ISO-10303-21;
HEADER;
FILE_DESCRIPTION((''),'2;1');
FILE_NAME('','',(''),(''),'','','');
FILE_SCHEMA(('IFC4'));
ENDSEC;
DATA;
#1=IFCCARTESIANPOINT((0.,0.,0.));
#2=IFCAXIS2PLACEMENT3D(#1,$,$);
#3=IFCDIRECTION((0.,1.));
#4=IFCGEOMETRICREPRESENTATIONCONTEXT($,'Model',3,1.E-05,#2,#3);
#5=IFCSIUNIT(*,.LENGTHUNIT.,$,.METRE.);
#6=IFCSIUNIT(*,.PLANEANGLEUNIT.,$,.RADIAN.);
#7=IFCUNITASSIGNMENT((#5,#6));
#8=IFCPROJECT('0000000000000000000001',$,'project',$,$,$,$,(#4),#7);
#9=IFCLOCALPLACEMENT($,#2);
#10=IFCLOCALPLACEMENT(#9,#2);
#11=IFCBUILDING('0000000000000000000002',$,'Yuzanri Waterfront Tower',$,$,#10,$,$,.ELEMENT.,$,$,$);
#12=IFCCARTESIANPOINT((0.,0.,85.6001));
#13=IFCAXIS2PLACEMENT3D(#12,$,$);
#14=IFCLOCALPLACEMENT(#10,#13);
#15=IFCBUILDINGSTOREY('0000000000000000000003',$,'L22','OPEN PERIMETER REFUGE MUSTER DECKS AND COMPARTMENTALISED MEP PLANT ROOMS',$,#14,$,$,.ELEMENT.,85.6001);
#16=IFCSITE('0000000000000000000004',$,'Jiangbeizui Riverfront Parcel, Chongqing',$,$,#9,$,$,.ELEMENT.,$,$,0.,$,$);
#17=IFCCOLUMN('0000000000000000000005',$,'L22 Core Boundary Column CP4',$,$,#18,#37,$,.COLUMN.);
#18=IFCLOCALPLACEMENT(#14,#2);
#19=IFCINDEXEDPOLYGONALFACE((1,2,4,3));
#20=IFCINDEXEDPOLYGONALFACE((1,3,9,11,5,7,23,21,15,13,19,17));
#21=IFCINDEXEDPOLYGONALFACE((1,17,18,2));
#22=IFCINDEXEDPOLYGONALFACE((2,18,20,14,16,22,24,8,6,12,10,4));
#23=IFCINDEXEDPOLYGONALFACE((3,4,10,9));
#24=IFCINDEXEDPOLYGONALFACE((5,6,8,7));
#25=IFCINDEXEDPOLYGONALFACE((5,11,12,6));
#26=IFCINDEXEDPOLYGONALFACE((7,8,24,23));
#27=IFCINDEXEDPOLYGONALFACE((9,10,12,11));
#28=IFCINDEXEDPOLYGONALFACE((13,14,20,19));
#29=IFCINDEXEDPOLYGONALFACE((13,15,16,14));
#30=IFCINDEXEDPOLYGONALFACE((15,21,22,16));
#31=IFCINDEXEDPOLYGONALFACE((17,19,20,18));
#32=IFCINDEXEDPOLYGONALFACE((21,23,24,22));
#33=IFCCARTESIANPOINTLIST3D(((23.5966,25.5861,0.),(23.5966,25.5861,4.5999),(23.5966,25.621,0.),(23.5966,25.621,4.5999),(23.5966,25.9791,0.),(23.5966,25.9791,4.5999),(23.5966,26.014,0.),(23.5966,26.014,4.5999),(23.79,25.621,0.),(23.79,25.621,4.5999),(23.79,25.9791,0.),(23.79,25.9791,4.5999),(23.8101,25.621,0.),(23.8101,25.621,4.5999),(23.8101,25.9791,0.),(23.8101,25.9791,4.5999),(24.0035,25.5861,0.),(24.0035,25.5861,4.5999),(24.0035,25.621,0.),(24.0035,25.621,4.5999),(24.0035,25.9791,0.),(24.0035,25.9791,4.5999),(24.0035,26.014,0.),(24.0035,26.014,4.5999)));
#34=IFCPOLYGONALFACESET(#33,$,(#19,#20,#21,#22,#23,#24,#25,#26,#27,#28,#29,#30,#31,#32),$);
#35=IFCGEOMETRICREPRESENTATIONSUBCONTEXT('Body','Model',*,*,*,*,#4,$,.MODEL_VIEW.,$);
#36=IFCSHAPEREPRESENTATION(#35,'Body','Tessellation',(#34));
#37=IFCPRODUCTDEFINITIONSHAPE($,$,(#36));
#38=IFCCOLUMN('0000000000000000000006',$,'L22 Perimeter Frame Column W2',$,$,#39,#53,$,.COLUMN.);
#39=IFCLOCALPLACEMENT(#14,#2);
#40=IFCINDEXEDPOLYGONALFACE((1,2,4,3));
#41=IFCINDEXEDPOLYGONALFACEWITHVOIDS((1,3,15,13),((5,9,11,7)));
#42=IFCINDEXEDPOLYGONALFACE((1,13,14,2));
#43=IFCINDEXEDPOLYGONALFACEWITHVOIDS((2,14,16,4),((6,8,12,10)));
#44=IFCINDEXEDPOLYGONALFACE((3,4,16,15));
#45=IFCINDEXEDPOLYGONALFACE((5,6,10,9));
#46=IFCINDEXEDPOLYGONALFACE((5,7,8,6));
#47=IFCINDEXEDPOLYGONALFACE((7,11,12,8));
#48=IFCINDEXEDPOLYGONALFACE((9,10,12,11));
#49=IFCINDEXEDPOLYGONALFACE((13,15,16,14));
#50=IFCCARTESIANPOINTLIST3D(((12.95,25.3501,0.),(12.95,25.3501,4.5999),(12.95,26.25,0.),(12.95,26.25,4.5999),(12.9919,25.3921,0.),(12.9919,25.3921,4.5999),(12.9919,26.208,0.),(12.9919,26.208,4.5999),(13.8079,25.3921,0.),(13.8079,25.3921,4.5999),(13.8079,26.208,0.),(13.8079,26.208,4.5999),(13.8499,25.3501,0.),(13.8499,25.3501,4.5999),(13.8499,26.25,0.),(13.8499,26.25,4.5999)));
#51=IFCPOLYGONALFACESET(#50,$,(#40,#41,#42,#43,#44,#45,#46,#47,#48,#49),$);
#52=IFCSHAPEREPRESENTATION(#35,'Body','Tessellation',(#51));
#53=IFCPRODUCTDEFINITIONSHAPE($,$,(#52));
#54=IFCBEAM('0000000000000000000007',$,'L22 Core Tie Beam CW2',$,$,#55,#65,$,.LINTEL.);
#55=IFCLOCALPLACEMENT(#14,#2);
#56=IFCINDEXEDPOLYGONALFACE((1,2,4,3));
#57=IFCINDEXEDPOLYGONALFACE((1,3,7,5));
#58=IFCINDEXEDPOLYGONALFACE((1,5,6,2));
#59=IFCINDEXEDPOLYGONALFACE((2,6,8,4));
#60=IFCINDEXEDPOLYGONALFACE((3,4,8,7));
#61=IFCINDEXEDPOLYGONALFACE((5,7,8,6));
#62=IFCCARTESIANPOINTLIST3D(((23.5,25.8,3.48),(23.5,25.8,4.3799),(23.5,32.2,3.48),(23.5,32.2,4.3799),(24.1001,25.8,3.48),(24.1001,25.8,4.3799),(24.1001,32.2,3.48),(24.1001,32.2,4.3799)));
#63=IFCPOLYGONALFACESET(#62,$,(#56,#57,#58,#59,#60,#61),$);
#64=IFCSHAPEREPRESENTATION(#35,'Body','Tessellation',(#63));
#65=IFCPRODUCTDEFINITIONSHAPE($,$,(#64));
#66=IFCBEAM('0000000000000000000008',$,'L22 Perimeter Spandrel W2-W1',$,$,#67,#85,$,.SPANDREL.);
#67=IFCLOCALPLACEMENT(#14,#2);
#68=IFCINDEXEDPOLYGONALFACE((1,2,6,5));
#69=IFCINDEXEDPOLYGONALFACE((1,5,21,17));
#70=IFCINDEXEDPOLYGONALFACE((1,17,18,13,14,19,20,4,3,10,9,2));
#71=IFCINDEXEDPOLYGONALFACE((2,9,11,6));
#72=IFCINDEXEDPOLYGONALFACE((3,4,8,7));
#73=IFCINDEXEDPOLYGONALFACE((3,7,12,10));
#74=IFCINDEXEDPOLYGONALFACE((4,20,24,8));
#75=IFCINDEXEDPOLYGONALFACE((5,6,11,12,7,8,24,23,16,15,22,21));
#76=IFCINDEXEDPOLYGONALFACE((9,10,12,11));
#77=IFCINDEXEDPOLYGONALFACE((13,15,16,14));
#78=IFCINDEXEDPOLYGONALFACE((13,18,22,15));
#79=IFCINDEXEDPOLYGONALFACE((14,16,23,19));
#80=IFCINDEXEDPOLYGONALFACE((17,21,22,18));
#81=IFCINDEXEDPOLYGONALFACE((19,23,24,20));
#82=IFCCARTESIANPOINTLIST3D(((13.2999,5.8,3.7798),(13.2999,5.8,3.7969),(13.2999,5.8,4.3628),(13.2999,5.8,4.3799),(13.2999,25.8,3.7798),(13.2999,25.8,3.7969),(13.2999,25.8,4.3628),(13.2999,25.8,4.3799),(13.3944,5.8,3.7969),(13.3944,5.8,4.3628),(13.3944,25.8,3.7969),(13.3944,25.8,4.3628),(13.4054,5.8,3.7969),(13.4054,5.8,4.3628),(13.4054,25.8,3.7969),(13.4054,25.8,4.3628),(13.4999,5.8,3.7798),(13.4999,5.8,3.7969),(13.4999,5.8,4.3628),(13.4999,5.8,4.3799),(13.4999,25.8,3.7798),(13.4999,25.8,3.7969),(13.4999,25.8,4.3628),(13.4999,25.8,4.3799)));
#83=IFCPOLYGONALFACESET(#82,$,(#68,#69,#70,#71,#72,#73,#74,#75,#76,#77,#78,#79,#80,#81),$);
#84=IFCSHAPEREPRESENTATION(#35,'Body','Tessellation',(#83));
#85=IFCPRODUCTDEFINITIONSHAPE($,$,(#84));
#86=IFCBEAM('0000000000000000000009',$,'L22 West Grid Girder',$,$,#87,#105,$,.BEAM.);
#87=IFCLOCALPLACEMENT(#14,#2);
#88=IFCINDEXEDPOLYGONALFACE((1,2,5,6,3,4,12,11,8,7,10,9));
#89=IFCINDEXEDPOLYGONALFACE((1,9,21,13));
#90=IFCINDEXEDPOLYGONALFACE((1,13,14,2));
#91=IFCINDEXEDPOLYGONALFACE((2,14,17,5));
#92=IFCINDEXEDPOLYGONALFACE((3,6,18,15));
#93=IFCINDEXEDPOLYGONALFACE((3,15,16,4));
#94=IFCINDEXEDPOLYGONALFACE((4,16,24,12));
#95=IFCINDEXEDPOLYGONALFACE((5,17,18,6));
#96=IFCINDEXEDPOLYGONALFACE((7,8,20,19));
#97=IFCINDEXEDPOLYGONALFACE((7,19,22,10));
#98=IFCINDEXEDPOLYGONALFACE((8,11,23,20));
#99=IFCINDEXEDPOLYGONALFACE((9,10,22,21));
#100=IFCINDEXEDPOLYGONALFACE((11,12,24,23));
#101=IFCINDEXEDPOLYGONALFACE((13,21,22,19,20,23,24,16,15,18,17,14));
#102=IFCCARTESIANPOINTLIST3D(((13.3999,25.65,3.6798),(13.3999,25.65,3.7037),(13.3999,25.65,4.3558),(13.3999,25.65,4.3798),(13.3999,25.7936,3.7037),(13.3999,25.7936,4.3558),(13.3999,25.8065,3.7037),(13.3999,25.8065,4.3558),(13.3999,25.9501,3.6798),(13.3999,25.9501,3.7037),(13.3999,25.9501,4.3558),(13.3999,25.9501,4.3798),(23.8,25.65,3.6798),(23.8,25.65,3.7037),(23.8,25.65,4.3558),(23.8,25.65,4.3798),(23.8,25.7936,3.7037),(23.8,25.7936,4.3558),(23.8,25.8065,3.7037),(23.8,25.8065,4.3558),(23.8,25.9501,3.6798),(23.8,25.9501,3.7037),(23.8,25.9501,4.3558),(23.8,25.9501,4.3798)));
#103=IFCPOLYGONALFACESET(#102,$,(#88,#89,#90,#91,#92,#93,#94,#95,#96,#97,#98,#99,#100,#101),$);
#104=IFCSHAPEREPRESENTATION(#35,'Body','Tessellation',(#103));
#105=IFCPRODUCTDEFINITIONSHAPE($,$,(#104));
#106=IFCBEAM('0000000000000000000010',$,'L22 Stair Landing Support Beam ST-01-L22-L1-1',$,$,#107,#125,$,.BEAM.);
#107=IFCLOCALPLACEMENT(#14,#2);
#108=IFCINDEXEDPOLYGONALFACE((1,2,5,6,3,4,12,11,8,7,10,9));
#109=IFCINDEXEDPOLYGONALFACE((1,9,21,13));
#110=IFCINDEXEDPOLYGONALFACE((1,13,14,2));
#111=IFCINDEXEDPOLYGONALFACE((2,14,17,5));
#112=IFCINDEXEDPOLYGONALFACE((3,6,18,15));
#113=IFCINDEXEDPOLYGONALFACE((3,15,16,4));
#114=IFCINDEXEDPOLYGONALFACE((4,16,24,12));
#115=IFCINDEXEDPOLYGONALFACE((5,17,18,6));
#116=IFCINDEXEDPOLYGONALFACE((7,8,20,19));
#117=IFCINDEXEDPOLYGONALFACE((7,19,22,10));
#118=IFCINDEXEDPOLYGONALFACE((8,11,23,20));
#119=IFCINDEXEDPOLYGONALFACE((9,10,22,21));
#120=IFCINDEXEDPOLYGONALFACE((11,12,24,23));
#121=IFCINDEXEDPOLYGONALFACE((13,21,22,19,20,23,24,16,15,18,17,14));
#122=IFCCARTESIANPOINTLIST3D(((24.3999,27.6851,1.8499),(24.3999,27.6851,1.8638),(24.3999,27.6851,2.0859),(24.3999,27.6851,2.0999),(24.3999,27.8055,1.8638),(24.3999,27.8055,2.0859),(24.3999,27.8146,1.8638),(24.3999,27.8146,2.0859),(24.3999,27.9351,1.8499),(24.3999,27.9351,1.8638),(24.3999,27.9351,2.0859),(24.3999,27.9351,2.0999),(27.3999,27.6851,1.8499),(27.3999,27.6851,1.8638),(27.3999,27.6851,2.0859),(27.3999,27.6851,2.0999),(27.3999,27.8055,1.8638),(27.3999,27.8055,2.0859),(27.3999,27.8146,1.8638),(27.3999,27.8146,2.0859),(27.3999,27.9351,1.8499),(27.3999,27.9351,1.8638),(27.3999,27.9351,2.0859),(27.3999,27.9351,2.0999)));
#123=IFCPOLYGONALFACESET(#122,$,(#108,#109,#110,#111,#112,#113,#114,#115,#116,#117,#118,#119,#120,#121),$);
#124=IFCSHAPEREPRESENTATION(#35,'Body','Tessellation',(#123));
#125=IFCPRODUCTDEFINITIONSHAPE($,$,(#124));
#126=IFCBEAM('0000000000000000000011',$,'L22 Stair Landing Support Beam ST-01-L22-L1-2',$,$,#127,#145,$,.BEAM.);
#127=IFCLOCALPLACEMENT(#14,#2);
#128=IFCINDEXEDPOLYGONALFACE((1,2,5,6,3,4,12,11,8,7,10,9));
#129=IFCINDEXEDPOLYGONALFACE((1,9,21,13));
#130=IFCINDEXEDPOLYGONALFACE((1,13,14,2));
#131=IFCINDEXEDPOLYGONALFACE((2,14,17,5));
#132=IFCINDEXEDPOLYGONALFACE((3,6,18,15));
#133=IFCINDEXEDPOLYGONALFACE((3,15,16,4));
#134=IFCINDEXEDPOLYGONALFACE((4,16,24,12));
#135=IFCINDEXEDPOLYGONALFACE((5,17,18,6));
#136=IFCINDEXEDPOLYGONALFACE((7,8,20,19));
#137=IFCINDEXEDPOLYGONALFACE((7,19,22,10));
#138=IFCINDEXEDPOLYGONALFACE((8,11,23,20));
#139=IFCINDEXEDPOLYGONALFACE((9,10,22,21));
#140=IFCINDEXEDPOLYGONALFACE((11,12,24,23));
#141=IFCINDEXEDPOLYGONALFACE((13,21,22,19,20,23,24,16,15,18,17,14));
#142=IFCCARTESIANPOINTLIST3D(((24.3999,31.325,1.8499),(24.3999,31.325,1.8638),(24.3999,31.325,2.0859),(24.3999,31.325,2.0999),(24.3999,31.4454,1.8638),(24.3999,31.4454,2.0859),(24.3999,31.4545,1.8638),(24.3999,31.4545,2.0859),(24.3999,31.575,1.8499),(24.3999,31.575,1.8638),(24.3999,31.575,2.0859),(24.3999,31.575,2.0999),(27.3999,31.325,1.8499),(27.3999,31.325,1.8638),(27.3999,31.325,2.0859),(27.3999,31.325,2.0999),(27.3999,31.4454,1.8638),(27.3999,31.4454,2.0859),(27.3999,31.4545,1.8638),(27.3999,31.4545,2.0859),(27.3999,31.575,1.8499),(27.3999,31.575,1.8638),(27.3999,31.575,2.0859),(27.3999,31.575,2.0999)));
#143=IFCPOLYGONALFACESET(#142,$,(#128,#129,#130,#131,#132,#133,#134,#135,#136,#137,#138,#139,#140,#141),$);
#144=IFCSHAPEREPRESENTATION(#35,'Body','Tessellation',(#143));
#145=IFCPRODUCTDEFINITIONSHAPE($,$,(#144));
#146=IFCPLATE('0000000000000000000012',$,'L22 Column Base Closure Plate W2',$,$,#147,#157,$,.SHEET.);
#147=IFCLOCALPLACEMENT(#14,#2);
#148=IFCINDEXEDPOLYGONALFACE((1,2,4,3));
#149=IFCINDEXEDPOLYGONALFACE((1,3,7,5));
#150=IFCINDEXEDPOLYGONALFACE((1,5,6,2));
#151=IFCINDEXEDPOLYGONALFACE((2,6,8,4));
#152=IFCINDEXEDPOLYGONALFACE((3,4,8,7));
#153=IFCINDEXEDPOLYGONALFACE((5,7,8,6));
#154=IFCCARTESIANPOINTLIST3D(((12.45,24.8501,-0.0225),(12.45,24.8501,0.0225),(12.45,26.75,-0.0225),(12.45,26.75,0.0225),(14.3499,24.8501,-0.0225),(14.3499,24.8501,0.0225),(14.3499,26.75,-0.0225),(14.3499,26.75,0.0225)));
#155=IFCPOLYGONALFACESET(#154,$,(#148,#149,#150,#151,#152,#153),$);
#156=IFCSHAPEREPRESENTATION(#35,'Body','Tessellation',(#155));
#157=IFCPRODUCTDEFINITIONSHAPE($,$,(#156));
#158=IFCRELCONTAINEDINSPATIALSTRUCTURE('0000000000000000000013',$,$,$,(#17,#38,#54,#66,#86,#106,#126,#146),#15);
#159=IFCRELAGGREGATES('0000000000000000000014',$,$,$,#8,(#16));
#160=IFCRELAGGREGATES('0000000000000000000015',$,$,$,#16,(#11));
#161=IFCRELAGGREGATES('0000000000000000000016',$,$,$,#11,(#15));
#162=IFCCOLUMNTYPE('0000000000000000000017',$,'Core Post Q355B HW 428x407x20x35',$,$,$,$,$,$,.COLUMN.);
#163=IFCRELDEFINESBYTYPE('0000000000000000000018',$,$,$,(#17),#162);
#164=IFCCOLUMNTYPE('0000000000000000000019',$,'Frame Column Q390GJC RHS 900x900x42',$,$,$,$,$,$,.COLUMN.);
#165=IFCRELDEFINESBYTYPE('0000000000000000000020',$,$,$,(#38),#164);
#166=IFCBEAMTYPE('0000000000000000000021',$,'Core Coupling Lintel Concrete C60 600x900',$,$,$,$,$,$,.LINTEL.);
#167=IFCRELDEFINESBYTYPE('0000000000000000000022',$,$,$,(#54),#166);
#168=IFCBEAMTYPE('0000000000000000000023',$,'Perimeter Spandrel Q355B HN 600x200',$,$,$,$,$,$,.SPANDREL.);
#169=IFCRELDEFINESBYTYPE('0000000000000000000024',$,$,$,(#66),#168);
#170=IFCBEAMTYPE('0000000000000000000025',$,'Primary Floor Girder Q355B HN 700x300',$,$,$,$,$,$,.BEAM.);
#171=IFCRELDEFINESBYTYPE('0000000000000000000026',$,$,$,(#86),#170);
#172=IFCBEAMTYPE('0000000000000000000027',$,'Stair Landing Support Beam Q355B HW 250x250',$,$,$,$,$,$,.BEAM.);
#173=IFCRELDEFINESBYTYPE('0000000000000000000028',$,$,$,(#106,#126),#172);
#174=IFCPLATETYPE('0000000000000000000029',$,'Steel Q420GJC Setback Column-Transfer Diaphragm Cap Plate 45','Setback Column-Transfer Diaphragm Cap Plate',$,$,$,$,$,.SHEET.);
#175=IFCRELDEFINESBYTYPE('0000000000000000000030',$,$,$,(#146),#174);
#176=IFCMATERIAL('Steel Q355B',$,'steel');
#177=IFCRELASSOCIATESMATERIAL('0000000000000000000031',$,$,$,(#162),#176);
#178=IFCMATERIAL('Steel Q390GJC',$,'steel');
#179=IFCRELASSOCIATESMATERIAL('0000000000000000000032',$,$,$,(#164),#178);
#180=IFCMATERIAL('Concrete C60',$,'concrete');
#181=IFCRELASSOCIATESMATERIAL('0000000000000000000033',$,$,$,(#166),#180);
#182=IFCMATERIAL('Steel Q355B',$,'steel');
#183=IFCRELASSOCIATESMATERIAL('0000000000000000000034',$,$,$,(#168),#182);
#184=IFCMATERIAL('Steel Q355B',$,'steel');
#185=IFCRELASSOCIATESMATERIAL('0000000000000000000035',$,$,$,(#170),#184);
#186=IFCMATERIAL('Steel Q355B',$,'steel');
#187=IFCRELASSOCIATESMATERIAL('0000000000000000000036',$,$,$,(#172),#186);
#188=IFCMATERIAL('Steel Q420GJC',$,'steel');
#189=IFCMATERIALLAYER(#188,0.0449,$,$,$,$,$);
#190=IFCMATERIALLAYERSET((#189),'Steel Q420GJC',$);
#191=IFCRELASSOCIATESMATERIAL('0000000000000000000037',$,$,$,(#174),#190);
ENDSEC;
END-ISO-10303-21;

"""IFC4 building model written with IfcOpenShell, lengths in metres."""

from ifc_helpers import new_model, si_unit, direction, frame, origin, origin_2d, place, context, subcontext, project, spatial, rectangle, hollow_rectangle, i_section, extrude, source, transform, mapped, material, layer, layer_set, material_profile, profile_set, type_object, element, save


model = new_model("IFC4")

# Units and contexts
model_context = context("Model", 3, precision=1e-05, world=origin(), true_north=direction((0.0, 1.0)))
body_context = subcontext(model_context, "Body", "Model", "MODEL_VIEW")
ifc_project = project(units=[si_unit("LENGTHUNIT", "METRE"), si_unit("PLANEANGLEUNIT", "RADIAN")], contexts=[model_context])

# Site, building, storey
site_placement = place(None, origin())
site = spatial("IfcSite", under=ifc_project, at=site_placement, Name="Jiangbeizui Riverfront Parcel, Chongqing", CompositionType="ELEMENT", RefElevation=0.0)
building_placement = place(site_placement, origin())
building = spatial("IfcBuilding", under=site, at=building_placement, Name="Yuzanri Waterfront Tower", CompositionType="ELEMENT")
storey_placement = place(building_placement, frame((0.0, 0.0, 85.6001)))
storey = spatial("IfcBuildingStorey", under=building, at=storey_placement, Name="L22", Description="OPEN PERIMETER REFUGE MUSTER DECKS AND COMPARTMENTALISED MEP PLANT ROOMS", CompositionType="ELEMENT", Elevation=85.6001)

# Columns
ifc_material_1 = material(Name="Steel Q355B", Category="steel")
ifc_material_profile_1 = material_profile(ifc_material_1, i_section(OverallWidth=0.407, OverallDepth=0.428, WebThickness=0.02, FlangeThickness=0.0349, at=origin_2d()), Name="HW 428x407x20x35")
ifc_profile_set_1 = profile_set([ifc_material_profile_1], Name="Steel Q355B")
column_type_1 = type_object("IfcColumnType", Name="Core Post Q355B HW 428x407x20x35", PredefinedType="COLUMN", material=ifc_profile_set_1)
shared_shape_1 = source(origin(), body_context, "Body", "SweptSolid", [
    extrude(i_section(OverallWidth=0.407, OverallDepth=0.428, WebThickness=0.02, FlangeThickness=0.0349, at=origin_2d()), origin(), (0.0, 0.0, 1.0), 4.5999),
])
column_1_placement = place(storey_placement, frame((23.8, 25.8, 0.0), z_axis=(0.0, 0.0, 1.0), x_axis=(1.0, 0.0, 0.0)))
element("IfcColumn", 1, at=column_1_placement, inside=storey, type_object=column_type_1, Name="L22 Core Boundary Column CP4", PredefinedType="COLUMN", context=body_context, shape_type="MappedRepresentation", body=[
    mapped(shared_shape_1, transform((0.0, 0.0, 0.0), scale=1.0)),
])
ifc_material_2 = material(Name="Steel Q390GJC", Category="steel")
ifc_material_profile_2 = material_profile(ifc_material_2, hollow_rectangle(XDim=0.8999, YDim=0.8999, WallThickness=0.042, at=origin_2d()), Name="RHS 900x900x42")
ifc_profile_set_2 = profile_set([ifc_material_profile_2], Name="Steel Q390GJC")
column_type_2 = type_object("IfcColumnType", Name="Frame Column Q390GJC RHS 900x900x42", PredefinedType="COLUMN", material=ifc_profile_set_2)
shared_shape_2 = source(origin(), body_context, "Body", "SweptSolid", [
    extrude(hollow_rectangle(XDim=0.8999, YDim=0.8999, WallThickness=0.042, at=origin_2d()), origin(), (0.0, 0.0, 1.0), 4.5999),
])
column_2_placement = place(storey_placement, frame((13.3999, 25.8, 0.0), z_axis=(0.0, 0.0, 1.0), x_axis=(1.0, 0.0, 0.0)))
element("IfcColumn", 2, at=column_2_placement, inside=storey, type_object=column_type_2, Name="L22 Perimeter Frame Column W2", PredefinedType="COLUMN", context=body_context, shape_type="MappedRepresentation", body=[
    mapped(shared_shape_2, transform((0.0, 0.0, 0.0), scale=1.0)),
])

# Beams
ifc_material_3 = material(Name="Concrete C60", Category="concrete")
ifc_material_profile_3 = material_profile(ifc_material_3, rectangle(XDim=0.6001, YDim=0.8999, at=origin_2d()), Name="RC 600x900")
ifc_profile_set_3 = profile_set([ifc_material_profile_3], Name="Concrete C60")
beam_type_1 = type_object("IfcBeamType", Name="Core Coupling Lintel Concrete C60 600x900", PredefinedType="LINTEL", material=ifc_profile_set_3)
shared_shape_3 = source(origin(), body_context, "Body", "SweptSolid", [
    extrude(rectangle(XDim=0.6001, YDim=0.8999, at=origin_2d()), origin(), (0.0, 0.0, 1.0), 6.3999),
])
beam_1_placement = place(storey_placement, frame((23.8, 25.8, 3.9299), z_axis=(0.0, 1.0, 0.0), x_axis=(-1.0, 0.0, 0.0)))
element("IfcBeam", 3, at=beam_1_placement, inside=storey, type_object=beam_type_1, Name="L22 Core Tie Beam CW2", PredefinedType="LINTEL", context=body_context, shape_type="MappedRepresentation", body=[
    mapped(shared_shape_3, transform((0.0, 0.0, 0.0), scale=1.0)),
])
ifc_material_4 = material(Name="Steel Q355B", Category="steel")
ifc_material_profile_4 = material_profile(ifc_material_4, i_section(OverallWidth=0.2, OverallDepth=0.6001, WebThickness=0.011, FlangeThickness=0.0171, at=origin_2d()), Name="HN 600x200x11x17")
ifc_profile_set_4 = profile_set([ifc_material_profile_4], Name="Steel Q355B")
beam_type_2 = type_object("IfcBeamType", Name="Perimeter Spandrel Q355B HN 600x200", PredefinedType="SPANDREL", material=ifc_profile_set_4)
shared_shape_4 = source(origin(), body_context, "Body", "SweptSolid", [
    extrude(i_section(OverallWidth=0.2, OverallDepth=0.6001, WebThickness=0.011, FlangeThickness=0.0171, at=origin_2d()), origin(), (0.0, 0.0, 1.0), 20.0),
])
beam_2_placement = place(storey_placement, frame((13.3999, 25.8, 4.0798), z_axis=(0.0, -1.0, 0.0), x_axis=(1.0, 0.0, 0.0)))
element("IfcBeam", 4, at=beam_2_placement, inside=storey, type_object=beam_type_2, Name="L22 Perimeter Spandrel W2-W1", PredefinedType="SPANDREL", context=body_context, shape_type="MappedRepresentation", body=[
    mapped(shared_shape_4, transform((0.0, 0.0, 0.0), scale=1.0)),
])
ifc_material_5 = material(Name="Steel Q355B", Category="steel")
ifc_material_profile_5 = material_profile(ifc_material_5, i_section(OverallWidth=0.3, OverallDepth=0.7, WebThickness=0.0129, FlangeThickness=0.0239, at=origin_2d()), Name="HN 700x300x13x24")
ifc_profile_set_5 = profile_set([ifc_material_profile_5], Name="Steel Q355B")
beam_type_3 = type_object("IfcBeamType", Name="Primary Floor Girder Q355B HN 700x300", PredefinedType="BEAM", material=ifc_profile_set_5)
shared_shape_5 = source(origin(), body_context, "Body", "SweptSolid", [
    extrude(i_section(OverallWidth=0.3, OverallDepth=0.7, WebThickness=0.0129, FlangeThickness=0.0239, at=origin_2d()), origin(), (0.0, 0.0, 1.0), 10.4001),
])
beam_3_placement = place(storey_placement, frame((23.8, 25.8, 4.0298), z_axis=(-1.0, 0.0, 0.0), x_axis=(0.0, -1.0, 0.0)))
element("IfcBeam", 5, at=beam_3_placement, inside=storey, type_object=beam_type_3, Name="L22 West Grid Girder", PredefinedType="BEAM", context=body_context, shape_type="MappedRepresentation", body=[
    mapped(shared_shape_5, transform((0.0, 0.0, 0.0), scale=1.0)),
])
ifc_material_6 = material(Name="Steel Q355B", Category="steel")
ifc_material_profile_6 = material_profile(ifc_material_6, i_section(OverallWidth=0.25, OverallDepth=0.25, WebThickness=0.009, FlangeThickness=0.0139, at=origin_2d()), Name="HW 250x250x9x14")
ifc_profile_set_6 = profile_set([ifc_material_profile_6], Name="Steel Q355B")
beam_type_4 = type_object("IfcBeamType", Name="Stair Landing Support Beam Q355B HW 250x250", PredefinedType="BEAM", material=ifc_profile_set_6)
shared_shape_6 = source(origin(), body_context, "Body", "SweptSolid", [
    extrude(i_section(OverallWidth=0.25, OverallDepth=0.25, WebThickness=0.009, FlangeThickness=0.0139, at=origin_2d()), origin(), (0.0, 0.0, 1.0), 3.0),
])
for number, where, z_axis, x_axis, name in (
    (6, (24.3999, 27.8101, 1.9749), (1.0, 0.0, 0.0), (0.0, 1.0, 0.0), "L22 Stair Landing Support Beam ST-01-L22-L1-1"),
    (7, (24.3999, 31.45, 1.9749), (1.0, 0.0, 0.0), (0.0, 1.0, 0.0), "L22 Stair Landing Support Beam ST-01-L22-L1-2"),
):
    element("IfcBeam", number, at=place(storey_placement, frame(where, z_axis=z_axis, x_axis=x_axis)), inside=storey, type_object=beam_type_4, Name=name, PredefinedType="BEAM", context=body_context, shape_type="MappedRepresentation", body=[
        mapped(shared_shape_6, transform((0.0, 0.0, 0.0), scale=1.0)),
    ])

# Plate
ifc_material_7 = material(Name="Steel Q420GJC", Category="steel")
ifc_layer_1 = layer(ifc_material_7, 0.0449)
ifc_layer_set_1 = layer_set([ifc_layer_1], Name="Steel Q420GJC")
plate_type = type_object("IfcPlateType", Name="Steel Q420GJC Setback Column-Transfer Diaphragm Cap Plate 45", Description="Setback Column-Transfer Diaphragm Cap Plate", PredefinedType="SHEET", material=ifc_layer_set_1)
shared_shape_7 = source(origin(), body_context, "Body", "SweptSolid", [
    extrude(rectangle(XDim=1.8999, YDim=1.8999, at=origin_2d()), origin(), (0.0, 0.0, 1.0), 0.0449),
])
plate_placement = place(storey_placement, frame((13.3999, 25.8, -0.0225), z_axis=(0.0, 0.0, 1.0), x_axis=(1.0, 0.0, 0.0)))
element("IfcPlate", 8, at=plate_placement, inside=storey, type_object=plate_type, Name="L22 Column Base Closure Plate W2", PredefinedType="SHEET", context=body_context, shape_type="MappedRepresentation", body=[
    mapped(shared_shape_7, transform((0.0, 0.0, 0.0), scale=1.0)),
])

save(model, "model.ifc")
